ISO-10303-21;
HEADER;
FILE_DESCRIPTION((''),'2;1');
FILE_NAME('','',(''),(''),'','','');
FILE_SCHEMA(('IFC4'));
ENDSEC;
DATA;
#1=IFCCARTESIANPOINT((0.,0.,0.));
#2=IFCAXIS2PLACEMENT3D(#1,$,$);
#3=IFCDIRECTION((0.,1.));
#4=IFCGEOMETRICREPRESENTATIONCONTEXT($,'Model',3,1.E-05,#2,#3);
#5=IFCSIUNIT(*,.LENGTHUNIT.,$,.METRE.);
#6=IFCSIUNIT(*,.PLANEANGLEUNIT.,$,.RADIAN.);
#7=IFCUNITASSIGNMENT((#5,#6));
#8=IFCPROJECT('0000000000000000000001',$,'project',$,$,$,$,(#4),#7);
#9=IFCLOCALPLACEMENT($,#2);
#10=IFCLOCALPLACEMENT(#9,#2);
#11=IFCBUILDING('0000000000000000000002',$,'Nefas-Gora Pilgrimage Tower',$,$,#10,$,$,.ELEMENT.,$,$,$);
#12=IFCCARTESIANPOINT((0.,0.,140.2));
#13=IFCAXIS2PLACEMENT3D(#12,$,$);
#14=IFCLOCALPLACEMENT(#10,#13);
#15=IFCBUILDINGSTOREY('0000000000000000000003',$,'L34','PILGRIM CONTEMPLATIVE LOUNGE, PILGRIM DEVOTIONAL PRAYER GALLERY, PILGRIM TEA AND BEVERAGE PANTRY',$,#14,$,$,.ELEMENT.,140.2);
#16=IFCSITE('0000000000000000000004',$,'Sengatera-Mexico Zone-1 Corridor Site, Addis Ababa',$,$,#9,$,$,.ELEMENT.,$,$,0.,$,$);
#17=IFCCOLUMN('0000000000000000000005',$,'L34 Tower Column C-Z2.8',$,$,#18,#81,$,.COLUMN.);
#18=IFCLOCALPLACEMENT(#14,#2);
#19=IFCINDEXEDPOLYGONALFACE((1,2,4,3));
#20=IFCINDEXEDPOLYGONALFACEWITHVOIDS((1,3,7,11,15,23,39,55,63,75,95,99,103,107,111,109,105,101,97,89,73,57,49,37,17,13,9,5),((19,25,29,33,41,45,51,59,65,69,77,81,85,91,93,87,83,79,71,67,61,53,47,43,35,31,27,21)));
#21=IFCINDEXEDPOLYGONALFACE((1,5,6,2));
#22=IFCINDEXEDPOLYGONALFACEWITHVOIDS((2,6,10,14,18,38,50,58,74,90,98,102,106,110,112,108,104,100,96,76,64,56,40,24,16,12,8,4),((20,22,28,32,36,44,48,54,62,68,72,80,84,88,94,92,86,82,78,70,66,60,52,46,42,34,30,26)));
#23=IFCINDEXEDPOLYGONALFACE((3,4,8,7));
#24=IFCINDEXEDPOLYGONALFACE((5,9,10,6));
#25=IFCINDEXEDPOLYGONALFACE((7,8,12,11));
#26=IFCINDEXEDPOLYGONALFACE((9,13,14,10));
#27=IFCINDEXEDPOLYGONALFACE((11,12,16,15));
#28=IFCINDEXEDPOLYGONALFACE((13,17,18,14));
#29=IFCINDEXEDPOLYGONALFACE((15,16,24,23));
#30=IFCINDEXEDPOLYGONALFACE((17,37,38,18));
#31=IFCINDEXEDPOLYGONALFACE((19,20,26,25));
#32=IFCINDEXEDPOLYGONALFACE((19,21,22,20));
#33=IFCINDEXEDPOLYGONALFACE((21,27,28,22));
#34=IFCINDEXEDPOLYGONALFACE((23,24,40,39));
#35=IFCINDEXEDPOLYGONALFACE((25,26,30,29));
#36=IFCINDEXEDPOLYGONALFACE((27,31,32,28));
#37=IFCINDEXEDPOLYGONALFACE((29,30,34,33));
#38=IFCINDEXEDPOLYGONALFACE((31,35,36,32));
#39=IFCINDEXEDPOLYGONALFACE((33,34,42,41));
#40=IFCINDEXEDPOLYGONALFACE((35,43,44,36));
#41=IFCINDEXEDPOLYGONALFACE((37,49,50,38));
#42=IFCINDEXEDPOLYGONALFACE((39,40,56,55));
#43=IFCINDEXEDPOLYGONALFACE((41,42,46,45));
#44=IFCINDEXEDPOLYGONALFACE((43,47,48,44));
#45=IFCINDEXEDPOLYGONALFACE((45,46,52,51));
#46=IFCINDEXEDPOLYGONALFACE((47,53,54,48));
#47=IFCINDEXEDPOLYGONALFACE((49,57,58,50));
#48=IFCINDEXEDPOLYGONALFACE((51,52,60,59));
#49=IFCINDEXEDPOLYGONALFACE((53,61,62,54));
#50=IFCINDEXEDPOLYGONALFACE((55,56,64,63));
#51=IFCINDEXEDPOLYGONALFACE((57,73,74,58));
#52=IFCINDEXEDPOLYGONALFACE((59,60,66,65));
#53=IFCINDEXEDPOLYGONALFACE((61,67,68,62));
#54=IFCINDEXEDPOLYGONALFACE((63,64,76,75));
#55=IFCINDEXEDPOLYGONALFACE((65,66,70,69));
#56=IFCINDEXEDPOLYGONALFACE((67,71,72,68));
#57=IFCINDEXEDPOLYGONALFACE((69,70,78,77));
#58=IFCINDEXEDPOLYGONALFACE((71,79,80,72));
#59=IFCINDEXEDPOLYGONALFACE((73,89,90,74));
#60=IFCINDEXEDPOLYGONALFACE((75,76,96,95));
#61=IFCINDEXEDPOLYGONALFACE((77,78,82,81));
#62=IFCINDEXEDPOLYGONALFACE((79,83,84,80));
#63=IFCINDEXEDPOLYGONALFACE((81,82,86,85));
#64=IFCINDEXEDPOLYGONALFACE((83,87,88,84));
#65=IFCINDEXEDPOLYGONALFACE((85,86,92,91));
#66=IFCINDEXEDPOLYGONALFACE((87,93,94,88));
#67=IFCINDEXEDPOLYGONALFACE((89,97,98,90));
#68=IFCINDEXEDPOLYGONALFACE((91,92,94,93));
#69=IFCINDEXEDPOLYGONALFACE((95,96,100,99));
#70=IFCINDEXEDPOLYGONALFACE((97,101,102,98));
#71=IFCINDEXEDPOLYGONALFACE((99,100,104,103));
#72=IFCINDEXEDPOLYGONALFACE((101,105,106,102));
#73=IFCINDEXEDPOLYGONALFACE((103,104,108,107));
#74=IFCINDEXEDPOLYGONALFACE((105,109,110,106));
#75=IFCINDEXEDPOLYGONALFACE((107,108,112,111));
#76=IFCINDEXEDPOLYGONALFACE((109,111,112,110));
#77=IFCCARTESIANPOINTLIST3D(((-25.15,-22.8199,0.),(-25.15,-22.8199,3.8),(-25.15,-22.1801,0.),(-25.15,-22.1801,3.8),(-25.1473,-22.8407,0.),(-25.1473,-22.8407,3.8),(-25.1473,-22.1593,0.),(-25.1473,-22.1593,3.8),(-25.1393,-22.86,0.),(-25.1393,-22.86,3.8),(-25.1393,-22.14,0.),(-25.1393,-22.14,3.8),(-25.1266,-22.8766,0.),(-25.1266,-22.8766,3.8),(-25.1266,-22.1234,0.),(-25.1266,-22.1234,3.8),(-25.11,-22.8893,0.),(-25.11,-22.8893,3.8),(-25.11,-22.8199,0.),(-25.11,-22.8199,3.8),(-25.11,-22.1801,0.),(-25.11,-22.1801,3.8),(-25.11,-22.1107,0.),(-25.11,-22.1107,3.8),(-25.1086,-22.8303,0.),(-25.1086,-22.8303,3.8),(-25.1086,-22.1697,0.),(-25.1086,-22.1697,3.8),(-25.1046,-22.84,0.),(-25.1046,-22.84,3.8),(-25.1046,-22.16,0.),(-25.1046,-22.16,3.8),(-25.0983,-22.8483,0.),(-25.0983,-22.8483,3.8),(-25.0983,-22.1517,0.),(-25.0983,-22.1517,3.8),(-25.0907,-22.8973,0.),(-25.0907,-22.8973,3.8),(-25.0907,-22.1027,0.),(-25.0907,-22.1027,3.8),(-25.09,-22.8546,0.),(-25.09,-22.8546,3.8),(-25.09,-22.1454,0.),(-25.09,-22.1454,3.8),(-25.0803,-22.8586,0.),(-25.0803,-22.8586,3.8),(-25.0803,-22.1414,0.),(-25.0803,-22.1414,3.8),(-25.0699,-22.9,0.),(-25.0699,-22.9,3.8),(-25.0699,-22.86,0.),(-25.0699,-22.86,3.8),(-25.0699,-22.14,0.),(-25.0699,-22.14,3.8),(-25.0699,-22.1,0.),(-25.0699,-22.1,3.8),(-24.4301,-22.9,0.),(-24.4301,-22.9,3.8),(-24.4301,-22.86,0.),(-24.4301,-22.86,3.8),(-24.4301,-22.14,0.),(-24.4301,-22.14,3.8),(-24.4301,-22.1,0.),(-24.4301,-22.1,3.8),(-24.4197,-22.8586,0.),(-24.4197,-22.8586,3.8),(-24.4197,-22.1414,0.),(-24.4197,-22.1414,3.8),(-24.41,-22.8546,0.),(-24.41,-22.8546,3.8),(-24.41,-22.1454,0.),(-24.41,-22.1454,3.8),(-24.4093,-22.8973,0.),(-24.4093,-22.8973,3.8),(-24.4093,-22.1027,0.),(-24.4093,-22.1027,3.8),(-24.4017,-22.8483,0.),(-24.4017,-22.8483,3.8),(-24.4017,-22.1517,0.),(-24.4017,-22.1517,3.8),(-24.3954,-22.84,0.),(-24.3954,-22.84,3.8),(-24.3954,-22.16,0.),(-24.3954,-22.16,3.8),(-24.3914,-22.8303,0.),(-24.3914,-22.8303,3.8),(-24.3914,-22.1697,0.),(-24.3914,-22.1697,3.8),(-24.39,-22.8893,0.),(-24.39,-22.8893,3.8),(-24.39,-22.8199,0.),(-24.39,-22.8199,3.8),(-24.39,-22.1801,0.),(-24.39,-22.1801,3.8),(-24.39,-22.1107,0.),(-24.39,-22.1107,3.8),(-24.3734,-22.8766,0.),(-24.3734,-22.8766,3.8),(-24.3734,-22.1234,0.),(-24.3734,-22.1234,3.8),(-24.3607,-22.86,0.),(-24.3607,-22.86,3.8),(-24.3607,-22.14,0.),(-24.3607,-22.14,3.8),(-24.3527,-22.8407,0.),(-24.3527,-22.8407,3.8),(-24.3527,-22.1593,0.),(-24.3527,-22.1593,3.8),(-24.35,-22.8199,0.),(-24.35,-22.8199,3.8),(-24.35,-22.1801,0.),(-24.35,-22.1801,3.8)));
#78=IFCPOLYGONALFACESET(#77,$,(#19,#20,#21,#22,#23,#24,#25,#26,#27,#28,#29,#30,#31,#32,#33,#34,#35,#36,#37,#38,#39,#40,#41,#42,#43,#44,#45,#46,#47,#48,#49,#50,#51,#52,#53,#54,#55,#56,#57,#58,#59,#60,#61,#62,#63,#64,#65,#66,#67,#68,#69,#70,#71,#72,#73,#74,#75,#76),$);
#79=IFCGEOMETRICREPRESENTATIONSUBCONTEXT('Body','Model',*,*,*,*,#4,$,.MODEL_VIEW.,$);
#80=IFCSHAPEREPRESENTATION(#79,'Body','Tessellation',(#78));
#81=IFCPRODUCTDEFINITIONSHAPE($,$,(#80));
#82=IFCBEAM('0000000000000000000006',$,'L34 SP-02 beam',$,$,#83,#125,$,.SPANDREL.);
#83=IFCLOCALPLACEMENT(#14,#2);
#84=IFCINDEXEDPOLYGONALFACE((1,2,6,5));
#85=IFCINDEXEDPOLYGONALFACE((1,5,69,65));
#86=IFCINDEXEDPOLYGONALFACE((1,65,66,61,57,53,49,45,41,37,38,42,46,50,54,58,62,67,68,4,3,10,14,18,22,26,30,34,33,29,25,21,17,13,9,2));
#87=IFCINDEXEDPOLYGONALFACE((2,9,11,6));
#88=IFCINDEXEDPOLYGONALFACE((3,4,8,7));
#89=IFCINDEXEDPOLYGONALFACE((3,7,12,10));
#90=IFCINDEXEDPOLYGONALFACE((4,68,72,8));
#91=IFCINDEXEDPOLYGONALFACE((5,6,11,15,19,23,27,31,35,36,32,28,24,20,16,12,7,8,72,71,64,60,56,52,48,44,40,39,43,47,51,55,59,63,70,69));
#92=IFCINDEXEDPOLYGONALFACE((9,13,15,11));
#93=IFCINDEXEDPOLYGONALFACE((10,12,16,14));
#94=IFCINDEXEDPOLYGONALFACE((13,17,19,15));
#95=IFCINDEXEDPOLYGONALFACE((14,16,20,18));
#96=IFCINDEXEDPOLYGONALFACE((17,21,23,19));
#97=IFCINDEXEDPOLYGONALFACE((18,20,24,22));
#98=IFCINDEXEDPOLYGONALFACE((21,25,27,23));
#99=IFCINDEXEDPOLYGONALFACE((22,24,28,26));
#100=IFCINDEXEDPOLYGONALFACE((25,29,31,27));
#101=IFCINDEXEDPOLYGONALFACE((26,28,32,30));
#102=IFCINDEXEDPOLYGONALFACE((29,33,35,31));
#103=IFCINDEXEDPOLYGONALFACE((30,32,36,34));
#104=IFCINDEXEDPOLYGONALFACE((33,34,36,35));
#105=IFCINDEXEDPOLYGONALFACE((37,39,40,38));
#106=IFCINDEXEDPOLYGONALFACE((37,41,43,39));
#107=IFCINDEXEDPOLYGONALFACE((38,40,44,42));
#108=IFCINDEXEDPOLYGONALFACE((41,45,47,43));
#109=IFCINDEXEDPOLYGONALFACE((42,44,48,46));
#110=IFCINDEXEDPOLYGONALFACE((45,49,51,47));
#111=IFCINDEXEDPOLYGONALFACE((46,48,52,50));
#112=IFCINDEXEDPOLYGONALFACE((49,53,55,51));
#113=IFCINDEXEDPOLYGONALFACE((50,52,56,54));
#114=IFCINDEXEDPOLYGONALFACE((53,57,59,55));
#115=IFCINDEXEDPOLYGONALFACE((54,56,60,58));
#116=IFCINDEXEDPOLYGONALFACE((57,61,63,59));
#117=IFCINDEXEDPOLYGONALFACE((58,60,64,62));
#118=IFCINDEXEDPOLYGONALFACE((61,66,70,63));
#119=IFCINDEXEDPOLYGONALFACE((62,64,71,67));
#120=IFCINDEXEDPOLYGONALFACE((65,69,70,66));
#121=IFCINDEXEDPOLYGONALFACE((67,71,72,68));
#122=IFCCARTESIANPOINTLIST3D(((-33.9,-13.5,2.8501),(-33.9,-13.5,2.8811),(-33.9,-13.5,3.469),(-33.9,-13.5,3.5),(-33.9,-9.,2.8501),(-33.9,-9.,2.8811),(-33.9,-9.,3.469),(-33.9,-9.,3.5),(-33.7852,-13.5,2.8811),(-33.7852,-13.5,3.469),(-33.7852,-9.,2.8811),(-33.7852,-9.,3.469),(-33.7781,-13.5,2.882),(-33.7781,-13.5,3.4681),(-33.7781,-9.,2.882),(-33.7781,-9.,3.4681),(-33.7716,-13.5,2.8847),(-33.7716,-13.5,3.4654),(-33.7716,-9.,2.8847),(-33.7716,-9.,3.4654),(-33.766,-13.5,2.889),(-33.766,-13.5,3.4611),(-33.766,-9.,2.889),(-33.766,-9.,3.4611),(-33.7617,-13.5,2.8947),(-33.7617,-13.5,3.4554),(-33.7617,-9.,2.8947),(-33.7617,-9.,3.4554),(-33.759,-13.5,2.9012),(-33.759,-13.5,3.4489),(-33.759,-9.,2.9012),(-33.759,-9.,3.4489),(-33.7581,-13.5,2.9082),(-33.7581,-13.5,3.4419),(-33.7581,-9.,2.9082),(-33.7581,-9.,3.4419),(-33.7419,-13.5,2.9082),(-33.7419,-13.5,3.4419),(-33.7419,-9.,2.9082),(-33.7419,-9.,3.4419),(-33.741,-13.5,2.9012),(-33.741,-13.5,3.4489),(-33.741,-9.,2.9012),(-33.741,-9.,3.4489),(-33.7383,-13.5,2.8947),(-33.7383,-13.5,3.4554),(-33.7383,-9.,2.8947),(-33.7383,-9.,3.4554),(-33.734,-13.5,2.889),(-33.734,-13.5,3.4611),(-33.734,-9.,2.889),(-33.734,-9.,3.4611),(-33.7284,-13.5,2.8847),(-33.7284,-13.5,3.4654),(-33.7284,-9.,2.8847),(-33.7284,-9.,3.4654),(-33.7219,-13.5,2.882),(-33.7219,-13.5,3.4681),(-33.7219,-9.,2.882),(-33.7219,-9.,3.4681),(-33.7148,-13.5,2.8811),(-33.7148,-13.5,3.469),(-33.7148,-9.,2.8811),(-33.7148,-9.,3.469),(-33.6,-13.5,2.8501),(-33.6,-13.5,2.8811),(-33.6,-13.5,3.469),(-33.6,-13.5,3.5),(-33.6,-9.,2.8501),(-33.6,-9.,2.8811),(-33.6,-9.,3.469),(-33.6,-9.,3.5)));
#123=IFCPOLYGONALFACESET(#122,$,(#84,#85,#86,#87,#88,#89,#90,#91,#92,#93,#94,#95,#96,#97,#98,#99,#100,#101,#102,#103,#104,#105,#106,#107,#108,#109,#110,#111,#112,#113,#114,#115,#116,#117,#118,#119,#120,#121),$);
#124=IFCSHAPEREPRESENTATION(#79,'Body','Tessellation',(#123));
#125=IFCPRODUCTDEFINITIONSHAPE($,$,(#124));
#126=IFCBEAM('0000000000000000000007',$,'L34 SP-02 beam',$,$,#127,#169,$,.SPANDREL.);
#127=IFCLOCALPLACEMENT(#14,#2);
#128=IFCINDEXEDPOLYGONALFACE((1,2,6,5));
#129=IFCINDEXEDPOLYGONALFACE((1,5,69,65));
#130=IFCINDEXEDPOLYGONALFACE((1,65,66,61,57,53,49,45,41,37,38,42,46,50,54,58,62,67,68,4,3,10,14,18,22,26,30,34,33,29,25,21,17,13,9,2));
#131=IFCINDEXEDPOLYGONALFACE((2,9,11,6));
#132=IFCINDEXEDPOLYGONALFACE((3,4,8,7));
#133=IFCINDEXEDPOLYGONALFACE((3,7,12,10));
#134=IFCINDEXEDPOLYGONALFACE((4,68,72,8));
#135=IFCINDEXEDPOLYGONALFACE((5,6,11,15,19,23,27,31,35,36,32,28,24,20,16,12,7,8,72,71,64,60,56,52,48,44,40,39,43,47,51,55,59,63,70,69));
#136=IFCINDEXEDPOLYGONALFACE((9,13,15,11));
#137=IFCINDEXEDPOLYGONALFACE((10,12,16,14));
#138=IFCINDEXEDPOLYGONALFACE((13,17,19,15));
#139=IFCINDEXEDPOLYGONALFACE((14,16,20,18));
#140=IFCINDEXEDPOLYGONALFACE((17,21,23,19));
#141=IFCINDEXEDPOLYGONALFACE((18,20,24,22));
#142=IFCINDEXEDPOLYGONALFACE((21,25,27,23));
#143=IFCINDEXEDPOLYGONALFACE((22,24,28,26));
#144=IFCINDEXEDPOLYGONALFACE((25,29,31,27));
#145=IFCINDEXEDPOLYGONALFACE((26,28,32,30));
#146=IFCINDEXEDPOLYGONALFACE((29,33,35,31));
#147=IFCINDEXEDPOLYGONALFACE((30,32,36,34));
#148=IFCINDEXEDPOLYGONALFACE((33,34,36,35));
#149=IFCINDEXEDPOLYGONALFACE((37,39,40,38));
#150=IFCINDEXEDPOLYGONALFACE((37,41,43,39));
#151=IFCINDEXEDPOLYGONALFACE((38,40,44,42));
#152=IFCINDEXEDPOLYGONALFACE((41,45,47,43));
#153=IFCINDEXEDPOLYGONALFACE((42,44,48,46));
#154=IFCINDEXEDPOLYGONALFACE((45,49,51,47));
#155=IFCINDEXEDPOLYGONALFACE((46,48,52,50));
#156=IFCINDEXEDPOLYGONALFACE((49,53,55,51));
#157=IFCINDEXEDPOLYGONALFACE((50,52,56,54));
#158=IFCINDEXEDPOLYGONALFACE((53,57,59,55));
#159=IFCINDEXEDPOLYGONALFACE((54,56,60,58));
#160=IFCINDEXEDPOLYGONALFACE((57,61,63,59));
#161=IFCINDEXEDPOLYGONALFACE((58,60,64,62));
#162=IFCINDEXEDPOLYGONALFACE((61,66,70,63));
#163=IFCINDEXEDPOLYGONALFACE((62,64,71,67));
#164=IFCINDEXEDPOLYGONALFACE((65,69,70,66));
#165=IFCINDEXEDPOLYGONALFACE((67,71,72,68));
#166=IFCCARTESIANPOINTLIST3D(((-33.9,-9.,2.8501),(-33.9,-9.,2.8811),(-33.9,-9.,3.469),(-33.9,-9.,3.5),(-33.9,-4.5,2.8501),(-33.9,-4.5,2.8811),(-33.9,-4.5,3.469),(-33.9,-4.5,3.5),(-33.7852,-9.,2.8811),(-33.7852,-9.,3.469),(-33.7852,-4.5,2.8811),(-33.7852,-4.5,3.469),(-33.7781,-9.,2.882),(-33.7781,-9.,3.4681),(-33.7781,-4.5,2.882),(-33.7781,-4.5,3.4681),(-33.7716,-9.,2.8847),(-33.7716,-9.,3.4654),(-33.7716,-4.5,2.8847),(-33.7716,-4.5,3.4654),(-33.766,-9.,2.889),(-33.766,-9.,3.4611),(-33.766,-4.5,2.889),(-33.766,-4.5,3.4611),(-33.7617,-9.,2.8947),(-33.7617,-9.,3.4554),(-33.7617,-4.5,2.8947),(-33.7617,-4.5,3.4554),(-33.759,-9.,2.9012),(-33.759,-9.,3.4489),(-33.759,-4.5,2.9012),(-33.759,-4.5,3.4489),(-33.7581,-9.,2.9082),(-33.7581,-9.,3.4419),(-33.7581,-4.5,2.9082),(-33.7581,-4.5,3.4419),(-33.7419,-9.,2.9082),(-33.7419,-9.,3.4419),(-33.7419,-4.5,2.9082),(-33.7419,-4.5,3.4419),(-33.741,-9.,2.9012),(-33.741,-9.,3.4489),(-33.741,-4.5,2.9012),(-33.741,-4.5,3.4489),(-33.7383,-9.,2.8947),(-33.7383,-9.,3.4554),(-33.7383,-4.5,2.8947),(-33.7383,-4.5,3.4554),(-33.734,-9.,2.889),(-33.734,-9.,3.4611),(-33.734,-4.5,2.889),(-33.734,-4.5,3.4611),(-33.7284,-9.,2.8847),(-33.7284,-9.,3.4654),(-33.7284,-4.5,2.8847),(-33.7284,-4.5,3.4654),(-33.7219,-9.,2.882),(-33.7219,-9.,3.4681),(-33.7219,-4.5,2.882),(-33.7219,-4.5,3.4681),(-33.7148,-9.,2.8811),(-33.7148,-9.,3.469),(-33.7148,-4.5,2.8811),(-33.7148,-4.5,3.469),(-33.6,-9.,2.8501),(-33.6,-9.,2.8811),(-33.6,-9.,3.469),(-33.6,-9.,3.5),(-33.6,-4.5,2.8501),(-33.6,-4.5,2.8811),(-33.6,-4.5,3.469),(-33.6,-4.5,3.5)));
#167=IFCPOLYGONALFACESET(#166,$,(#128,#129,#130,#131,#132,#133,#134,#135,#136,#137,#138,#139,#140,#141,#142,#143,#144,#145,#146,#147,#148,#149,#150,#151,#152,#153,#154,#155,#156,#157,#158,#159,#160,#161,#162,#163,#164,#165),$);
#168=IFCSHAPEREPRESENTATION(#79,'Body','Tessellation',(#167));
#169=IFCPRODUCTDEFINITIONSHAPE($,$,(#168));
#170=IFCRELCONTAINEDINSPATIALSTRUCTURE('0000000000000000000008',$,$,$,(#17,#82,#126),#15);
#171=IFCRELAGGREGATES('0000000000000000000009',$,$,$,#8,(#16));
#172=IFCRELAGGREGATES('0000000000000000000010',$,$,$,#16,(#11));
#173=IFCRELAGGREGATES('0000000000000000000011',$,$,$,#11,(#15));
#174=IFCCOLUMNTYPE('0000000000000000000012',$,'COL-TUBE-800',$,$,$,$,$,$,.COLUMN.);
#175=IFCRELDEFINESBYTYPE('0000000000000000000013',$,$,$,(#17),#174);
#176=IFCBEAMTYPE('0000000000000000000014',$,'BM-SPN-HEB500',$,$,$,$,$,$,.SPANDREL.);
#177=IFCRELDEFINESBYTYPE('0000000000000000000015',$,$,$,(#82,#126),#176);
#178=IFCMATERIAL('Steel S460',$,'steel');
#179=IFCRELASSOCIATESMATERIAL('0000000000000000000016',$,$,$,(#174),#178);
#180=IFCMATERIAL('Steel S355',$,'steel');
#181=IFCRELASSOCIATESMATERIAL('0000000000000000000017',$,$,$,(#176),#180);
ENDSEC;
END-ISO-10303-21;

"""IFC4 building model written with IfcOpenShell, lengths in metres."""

from ifc_helpers import new_model, si_unit, direction, frame, origin, origin_2d, place, context, subcontext, project, spatial, hollow_rectangle, i_section, extrude, source, transform, mapped, material, material_profile, profile_set, type_object, element, save


model = new_model("IFC4")

# Units and contexts
model_context = context("Model", 3, precision=1e-05, world=origin(), true_north=direction((0.0, 1.0)))
body_context = subcontext(model_context, "Body", "Model", "MODEL_VIEW")
ifc_project = project(units=[si_unit("LENGTHUNIT", "METRE"), si_unit("PLANEANGLEUNIT", "RADIAN")], contexts=[model_context])

# Site, building, storey
site_placement = place(None, origin())
site = spatial("IfcSite", under=ifc_project, at=site_placement, Name="Sengatera-Mexico Zone-1 Corridor Site, Addis Ababa", CompositionType="ELEMENT", RefElevation=0.0)
building_placement = place(site_placement, origin())
building = spatial("IfcBuilding", under=site, at=building_placement, Name="Nefas-Gora Pilgrimage Tower", CompositionType="ELEMENT")
storey_placement = place(building_placement, frame((0.0, 0.0, 140.2)))
storey = spatial("IfcBuildingStorey", under=building, at=storey_placement, Name="L34", Description="PILGRIM CONTEMPLATIVE LOUNGE, PILGRIM DEVOTIONAL PRAYER GALLERY, PILGRIM TEA AND BEVERAGE PANTRY", CompositionType="ELEMENT", Elevation=140.2)

# Column
ifc_material_1 = material(Name="Steel S460", Category="steel")
ifc_material_profile_1 = material_profile(ifc_material_1, hollow_rectangle(XDim=0.8, YDim=0.8, WallThickness=0.04, InnerFilletRadius=0.04, OuterFilletRadius=0.0801, at=origin_2d()), Name="BOX 800x800x40")
ifc_profile_set_1 = profile_set([ifc_material_profile_1], Name="Steel S460")
column_type_1 = type_object("IfcColumnType", Name="COL-TUBE-800", PredefinedType="COLUMN", material=ifc_profile_set_1)
shared_shape_1 = source(origin(), body_context, "Body", "SweptSolid", [
    extrude(hollow_rectangle(XDim=0.8, YDim=0.8, WallThickness=0.04, InnerFilletRadius=0.04, OuterFilletRadius=0.0801, at=origin_2d()), origin(), (0.0, 0.0, 1.0), 3.8),
])
for number, where, z_axis, x_axis, name in (
    (1, (-24.75, -22.5, 0.0), (0.0, 0.0, 1.0), (1.0, 0.0, 0.0), "L34 Tower Column C-Z2.8"),
):
    element("IfcColumn", number, at=place(storey_placement, frame(where, z_axis=z_axis, x_axis=x_axis)), inside=storey, type_object=column_type_1, Name=name, PredefinedType="COLUMN", context=body_context, shape_type="MappedRepresentation", body=[
        mapped(shared_shape_1, transform((0.0, 0.0, 0.0), x_axis=(1.0, 0.0, 0.0), y_axis=(0.0, 1.0, 0.0), z_axis=(0.0, 0.0, 1.0), scale=1.0)),
    ])

# Beams
ifc_material_2 = material(Name="Steel S355", Category="steel")
ifc_material_profile_2 = material_profile(ifc_material_2, i_section(OverallWidth=0.3, OverallDepth=0.6499, WebThickness=0.0161, FlangeThickness=0.031, FilletRadius=0.0271, at=origin_2d()), Name="HEB 650")
ifc_profile_set_2 = profile_set([ifc_material_profile_2], Name="Steel S355")
beam_type_1 = type_object("IfcBeamType", Name="BM-SPN-HEB500", PredefinedType="SPANDREL", material=ifc_profile_set_2)
shared_shape_2 = source(origin(), body_context, "Body", "SweptSolid", [
    extrude(i_section(OverallWidth=0.3, OverallDepth=0.6499, WebThickness=0.0161, FlangeThickness=0.031, FilletRadius=0.0271, at=origin_2d()), origin(), (0.0, 0.0, 1.0), 4.5),
])
for number, where, z_axis, x_axis, name in (
    (2, (-33.75, -13.5, 3.175), (0.0, 1.0, 0.0), (-1.0, 0.0, 0.0), "L34 SP-02 beam"),
    (3, (-33.75, -9.0, 3.175), (0.0, 1.0, 0.0), (-1.0, 0.0, 0.0), "L34 SP-02 beam"),
):
    element("IfcBeam", number, at=place(storey_placement, frame(where, z_axis=z_axis, x_axis=x_axis)), inside=storey, type_object=beam_type_1, Name=name, PredefinedType="SPANDREL", context=body_context, shape_type="MappedRepresentation", body=[
        mapped(shared_shape_2, transform((0.0, 0.0, 0.0), x_axis=(1.0, 0.0, 0.0), y_axis=(0.0, 1.0, 0.0), z_axis=(0.0, 0.0, 1.0), scale=1.0)),
    ])

save(model, "model.ifc")
